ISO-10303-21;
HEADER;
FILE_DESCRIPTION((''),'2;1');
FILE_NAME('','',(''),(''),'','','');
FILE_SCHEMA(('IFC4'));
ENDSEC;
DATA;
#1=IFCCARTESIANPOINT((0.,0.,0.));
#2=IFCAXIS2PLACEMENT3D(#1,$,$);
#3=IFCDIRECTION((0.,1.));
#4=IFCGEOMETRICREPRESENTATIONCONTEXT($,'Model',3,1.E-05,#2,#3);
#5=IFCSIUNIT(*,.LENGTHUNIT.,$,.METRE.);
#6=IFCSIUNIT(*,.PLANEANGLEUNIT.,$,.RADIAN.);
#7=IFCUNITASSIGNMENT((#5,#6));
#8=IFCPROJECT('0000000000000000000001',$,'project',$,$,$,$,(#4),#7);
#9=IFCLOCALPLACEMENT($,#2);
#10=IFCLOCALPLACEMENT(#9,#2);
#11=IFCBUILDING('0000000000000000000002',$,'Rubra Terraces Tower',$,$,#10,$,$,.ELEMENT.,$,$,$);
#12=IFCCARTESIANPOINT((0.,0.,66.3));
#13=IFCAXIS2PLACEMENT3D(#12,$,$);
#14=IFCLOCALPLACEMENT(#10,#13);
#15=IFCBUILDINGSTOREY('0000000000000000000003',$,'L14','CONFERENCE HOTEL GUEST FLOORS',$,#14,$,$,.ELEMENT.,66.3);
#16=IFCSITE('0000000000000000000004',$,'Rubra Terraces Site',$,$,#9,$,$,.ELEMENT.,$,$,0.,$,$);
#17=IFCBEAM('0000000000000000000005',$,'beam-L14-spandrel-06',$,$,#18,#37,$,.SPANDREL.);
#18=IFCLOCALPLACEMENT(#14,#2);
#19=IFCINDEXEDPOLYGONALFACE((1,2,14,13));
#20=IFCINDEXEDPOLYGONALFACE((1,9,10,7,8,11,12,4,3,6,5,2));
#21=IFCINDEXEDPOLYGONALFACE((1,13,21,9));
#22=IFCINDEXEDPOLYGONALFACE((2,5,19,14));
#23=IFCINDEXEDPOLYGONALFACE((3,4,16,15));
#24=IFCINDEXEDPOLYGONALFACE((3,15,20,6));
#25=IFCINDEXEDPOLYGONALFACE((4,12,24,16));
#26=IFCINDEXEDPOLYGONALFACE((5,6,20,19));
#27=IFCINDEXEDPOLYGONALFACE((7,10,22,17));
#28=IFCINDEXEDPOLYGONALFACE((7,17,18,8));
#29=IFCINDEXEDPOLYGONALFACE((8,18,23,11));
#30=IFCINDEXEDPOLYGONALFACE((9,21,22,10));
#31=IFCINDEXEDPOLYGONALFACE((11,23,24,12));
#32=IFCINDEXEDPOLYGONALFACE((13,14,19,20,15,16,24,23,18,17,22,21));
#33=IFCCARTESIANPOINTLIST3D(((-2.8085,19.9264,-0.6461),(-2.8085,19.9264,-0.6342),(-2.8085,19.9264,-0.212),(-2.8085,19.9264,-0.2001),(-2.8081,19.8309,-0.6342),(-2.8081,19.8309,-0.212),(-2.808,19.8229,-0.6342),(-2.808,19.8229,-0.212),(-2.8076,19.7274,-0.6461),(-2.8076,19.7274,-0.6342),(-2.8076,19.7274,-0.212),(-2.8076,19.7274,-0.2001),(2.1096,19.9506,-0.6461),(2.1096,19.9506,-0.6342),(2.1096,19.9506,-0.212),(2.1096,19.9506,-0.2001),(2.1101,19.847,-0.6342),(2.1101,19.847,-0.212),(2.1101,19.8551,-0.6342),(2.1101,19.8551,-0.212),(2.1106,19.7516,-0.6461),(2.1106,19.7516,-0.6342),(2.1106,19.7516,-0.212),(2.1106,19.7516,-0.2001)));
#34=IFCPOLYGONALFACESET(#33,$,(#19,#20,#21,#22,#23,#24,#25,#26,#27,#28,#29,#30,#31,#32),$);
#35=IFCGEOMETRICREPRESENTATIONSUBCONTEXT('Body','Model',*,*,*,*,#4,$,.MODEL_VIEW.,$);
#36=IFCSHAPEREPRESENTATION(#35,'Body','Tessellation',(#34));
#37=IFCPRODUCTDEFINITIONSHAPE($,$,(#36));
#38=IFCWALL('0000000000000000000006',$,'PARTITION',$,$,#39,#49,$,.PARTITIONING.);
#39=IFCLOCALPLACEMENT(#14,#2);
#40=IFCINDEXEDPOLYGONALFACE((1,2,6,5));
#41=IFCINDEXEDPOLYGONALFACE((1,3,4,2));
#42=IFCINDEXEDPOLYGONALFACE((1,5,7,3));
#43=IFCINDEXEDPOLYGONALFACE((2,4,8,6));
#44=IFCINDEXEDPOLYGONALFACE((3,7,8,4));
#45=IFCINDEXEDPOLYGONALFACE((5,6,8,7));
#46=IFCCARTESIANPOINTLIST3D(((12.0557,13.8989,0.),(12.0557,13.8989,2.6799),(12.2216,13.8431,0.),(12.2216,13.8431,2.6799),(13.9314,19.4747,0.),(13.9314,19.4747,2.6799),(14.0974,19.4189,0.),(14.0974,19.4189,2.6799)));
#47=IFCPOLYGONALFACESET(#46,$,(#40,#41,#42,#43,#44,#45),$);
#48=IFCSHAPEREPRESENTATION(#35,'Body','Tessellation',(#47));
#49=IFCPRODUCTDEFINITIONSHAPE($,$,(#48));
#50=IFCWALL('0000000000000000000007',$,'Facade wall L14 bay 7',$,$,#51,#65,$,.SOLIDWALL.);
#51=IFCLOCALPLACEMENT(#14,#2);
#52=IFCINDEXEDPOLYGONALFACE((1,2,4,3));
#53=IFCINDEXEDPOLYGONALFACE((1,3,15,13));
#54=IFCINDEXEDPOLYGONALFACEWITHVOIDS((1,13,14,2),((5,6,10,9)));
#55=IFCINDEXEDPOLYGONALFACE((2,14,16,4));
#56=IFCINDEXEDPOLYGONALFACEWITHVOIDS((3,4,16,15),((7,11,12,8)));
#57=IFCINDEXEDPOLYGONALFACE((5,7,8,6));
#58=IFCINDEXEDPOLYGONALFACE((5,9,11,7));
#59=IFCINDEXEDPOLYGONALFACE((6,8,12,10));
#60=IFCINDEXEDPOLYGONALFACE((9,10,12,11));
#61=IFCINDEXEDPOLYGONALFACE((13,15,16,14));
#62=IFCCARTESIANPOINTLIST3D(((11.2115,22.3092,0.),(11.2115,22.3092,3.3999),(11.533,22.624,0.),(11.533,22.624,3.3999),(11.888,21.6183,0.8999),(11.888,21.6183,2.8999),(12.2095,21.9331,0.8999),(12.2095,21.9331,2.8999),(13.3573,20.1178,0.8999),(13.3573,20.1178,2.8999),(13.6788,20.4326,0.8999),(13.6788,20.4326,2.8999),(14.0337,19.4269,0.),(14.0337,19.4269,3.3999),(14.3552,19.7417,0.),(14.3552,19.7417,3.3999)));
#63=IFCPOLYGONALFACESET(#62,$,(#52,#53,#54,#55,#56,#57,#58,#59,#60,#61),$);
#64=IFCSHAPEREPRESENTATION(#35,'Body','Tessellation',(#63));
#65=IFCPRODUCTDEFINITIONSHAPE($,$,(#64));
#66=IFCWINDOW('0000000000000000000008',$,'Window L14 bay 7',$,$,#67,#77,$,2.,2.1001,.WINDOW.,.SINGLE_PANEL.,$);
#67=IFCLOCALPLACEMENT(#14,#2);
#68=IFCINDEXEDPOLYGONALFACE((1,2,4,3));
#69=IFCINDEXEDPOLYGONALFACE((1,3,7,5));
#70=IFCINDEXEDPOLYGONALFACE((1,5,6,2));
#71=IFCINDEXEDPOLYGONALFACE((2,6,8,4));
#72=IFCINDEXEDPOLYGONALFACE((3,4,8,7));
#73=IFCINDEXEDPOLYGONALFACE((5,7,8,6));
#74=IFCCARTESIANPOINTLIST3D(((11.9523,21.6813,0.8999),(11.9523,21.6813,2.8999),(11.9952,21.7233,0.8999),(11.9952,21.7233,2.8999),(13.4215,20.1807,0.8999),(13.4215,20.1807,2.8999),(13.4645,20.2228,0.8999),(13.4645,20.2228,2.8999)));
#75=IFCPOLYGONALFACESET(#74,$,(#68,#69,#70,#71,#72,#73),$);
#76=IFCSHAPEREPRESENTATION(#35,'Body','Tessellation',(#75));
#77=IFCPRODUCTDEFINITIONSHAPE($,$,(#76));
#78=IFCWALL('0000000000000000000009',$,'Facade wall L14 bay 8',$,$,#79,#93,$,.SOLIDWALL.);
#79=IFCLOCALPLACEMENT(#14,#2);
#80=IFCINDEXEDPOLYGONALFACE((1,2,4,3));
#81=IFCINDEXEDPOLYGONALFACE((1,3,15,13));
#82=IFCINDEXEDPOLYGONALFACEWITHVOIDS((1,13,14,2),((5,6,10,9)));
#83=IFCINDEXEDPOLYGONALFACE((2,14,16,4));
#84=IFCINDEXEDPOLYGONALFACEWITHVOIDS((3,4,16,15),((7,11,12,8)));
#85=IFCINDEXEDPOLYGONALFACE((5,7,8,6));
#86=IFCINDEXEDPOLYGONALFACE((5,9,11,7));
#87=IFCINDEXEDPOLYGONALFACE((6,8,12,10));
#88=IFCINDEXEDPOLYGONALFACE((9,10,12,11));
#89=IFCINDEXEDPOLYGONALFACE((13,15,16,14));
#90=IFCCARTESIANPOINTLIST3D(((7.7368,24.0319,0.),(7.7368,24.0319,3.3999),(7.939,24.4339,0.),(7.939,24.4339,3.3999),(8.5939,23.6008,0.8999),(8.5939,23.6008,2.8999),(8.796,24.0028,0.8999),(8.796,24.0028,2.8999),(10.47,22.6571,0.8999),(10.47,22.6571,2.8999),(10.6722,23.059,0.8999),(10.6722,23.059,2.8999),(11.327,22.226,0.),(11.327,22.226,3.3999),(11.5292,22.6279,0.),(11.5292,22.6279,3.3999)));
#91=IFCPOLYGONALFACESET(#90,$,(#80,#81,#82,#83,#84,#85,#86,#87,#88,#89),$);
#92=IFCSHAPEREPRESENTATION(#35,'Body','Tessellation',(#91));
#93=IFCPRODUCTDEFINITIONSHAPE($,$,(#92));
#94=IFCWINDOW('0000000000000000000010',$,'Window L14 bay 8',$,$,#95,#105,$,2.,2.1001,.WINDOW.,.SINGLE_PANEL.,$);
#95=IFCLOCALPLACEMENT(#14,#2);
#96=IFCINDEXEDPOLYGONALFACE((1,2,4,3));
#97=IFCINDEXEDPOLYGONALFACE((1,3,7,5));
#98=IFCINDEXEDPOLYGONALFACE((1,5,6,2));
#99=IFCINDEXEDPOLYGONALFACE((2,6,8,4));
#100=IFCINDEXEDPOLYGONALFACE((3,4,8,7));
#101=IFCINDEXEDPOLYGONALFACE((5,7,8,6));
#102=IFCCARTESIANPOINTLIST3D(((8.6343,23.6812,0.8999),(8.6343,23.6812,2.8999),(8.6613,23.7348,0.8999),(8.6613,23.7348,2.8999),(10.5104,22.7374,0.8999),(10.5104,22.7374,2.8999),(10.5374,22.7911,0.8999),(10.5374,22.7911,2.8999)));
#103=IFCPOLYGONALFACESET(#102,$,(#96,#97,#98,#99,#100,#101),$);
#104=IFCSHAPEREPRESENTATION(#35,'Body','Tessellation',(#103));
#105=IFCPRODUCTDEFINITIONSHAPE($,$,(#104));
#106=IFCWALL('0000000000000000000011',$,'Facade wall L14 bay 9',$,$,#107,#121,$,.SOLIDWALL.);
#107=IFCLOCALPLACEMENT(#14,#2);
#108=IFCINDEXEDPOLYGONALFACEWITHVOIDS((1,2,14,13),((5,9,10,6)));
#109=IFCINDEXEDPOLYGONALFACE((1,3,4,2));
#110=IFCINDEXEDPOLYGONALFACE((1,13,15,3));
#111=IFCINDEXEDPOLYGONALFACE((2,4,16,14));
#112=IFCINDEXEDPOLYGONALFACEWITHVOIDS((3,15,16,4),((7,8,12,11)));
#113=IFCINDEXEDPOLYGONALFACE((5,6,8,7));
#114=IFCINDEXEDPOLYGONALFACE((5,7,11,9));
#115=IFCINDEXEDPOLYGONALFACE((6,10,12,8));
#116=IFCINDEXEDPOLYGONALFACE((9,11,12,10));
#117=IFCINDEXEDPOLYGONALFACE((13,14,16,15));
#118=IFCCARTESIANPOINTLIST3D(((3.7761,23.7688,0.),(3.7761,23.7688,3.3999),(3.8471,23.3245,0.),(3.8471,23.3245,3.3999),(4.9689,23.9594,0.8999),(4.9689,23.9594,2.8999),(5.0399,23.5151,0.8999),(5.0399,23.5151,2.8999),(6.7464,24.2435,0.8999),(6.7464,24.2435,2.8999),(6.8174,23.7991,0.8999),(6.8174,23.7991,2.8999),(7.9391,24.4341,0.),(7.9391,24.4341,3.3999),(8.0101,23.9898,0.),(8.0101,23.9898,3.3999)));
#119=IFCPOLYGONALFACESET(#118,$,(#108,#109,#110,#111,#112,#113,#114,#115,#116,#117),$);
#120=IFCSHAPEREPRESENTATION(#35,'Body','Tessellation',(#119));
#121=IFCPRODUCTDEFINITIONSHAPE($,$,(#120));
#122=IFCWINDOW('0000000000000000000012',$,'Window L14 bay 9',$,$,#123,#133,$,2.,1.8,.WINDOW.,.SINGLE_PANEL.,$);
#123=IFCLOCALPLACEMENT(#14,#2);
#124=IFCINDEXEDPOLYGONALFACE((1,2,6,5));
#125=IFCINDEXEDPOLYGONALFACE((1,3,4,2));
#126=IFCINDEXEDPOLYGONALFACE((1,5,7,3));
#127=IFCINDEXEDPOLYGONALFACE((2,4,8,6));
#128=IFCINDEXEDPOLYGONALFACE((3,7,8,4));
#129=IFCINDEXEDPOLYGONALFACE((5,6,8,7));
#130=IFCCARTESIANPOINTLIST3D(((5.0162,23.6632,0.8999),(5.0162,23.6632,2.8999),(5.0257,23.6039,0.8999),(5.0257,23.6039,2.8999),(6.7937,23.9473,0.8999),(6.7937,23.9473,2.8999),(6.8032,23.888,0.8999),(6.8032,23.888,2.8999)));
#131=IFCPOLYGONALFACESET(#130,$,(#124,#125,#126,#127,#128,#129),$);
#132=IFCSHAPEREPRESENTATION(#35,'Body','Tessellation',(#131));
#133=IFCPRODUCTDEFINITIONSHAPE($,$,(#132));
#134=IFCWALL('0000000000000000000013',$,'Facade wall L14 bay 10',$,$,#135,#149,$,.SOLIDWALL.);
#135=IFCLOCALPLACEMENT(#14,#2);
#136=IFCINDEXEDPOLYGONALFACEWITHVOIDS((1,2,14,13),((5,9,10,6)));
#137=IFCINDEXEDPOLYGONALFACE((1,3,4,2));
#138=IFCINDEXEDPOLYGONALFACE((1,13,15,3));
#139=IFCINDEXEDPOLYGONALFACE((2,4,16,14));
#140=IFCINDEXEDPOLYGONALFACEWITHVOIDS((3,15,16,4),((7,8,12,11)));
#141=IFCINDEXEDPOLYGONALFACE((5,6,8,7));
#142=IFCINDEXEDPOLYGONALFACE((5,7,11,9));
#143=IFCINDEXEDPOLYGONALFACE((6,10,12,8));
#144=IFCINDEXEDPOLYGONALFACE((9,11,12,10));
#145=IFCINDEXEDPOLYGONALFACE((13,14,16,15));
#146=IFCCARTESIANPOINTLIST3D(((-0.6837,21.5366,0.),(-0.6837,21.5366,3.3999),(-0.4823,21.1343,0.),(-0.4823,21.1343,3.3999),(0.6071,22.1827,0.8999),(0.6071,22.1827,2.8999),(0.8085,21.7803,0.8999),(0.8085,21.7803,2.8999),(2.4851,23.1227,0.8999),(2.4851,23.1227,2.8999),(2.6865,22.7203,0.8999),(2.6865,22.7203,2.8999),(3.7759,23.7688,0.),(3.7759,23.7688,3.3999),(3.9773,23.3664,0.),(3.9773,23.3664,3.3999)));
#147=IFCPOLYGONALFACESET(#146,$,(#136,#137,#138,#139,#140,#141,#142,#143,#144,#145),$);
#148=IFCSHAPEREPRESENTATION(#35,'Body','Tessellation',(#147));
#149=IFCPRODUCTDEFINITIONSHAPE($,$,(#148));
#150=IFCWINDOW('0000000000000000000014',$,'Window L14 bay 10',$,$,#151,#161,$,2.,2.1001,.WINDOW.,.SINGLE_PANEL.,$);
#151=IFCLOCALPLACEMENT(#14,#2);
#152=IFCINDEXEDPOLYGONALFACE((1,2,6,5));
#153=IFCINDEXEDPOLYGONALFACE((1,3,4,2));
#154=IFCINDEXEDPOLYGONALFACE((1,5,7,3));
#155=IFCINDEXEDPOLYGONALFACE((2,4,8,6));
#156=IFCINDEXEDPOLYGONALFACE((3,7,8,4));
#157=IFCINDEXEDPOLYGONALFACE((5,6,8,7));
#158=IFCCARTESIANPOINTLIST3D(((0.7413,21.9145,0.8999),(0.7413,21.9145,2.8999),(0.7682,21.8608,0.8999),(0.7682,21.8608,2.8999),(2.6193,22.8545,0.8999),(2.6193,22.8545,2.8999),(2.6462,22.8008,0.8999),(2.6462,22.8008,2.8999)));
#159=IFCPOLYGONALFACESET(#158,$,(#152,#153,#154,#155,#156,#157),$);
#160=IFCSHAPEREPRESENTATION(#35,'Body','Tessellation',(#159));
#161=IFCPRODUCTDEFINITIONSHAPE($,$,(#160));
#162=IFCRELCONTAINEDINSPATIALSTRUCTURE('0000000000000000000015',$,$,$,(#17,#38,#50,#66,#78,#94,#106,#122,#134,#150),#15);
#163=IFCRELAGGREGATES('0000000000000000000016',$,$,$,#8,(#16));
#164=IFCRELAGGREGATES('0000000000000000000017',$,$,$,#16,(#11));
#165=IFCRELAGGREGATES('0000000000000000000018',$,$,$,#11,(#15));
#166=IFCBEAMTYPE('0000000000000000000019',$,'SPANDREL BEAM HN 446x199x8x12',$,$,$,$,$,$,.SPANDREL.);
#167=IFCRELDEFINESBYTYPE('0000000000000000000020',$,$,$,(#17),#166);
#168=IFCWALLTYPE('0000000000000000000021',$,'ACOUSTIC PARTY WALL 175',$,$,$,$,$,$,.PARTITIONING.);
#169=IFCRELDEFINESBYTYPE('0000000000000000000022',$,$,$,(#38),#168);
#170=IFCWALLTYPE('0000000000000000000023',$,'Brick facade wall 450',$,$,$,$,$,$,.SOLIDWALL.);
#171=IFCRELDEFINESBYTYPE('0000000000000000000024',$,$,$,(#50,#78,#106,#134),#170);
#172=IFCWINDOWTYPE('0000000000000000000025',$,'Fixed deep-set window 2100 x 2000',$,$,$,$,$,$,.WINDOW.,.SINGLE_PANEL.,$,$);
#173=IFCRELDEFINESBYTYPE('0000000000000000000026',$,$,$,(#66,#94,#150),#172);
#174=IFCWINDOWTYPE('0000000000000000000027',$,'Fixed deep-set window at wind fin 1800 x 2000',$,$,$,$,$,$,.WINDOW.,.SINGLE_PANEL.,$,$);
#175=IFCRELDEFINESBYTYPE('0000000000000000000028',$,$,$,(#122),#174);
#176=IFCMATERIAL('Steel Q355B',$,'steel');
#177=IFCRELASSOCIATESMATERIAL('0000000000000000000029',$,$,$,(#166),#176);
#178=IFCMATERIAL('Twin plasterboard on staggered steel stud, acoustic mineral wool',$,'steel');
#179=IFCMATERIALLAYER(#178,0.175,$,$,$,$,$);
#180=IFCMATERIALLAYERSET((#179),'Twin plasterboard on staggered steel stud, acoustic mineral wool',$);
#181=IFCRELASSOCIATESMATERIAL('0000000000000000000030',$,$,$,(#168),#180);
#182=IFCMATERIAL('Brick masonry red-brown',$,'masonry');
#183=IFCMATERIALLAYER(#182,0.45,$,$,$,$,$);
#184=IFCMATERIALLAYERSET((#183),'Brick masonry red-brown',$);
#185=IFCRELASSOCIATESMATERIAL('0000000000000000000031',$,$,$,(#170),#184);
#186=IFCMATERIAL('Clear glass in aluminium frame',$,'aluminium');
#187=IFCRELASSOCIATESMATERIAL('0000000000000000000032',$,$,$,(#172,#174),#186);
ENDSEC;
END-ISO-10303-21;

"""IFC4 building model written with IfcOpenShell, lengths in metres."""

from ifc_helpers import new_model, si_unit, direction, frame, frame_2d, origin, origin_2d, place, context, subcontext, project, spatial, rectangle, i_section, extrude, material, layer, layer_set, material_profile, profile_set, type_object, element, fill, save


model = new_model("IFC4")

# Units and contexts
model_context = context("Model", 3, precision=1e-05, world=origin(), true_north=direction((0.0, 1.0)))
body_context = subcontext(model_context, "Body", "Model", "MODEL_VIEW")
ifc_project = project(units=[si_unit("LENGTHUNIT", "METRE"), si_unit("PLANEANGLEUNIT", "RADIAN")], contexts=[model_context])

# Site, building, storey
site_placement = place(None, origin())
site = spatial("IfcSite", under=ifc_project, at=site_placement, Name="Rubra Terraces Site", CompositionType="ELEMENT", RefElevation=0.0)
building_placement = place(site_placement, origin())
building = spatial("IfcBuilding", under=site, at=building_placement, Name="Rubra Terraces Tower", CompositionType="ELEMENT")
storey_placement = place(building_placement, frame((0.0, 0.0, 66.3)))
storey = spatial("IfcBuildingStorey", under=building, at=storey_placement, Name="L14", Description="CONFERENCE HOTEL GUEST FLOORS", CompositionType="ELEMENT", Elevation=66.3)

# Beam
ifc_material_1 = material(Name="Steel Q355B", Category="steel")
ifc_material_profile_1 = material_profile(ifc_material_1, i_section(OverallWidth=0.199, OverallDepth=0.446, WebThickness=0.0081, FlangeThickness=0.012, at=origin_2d()), Name="HN 446x199x8x12")
ifc_profile_set_1 = profile_set([ifc_material_profile_1], Name="Steel Q355B")
beam_type_1 = type_object("IfcBeamType", Name="SPANDREL BEAM HN 446x199x8x12", PredefinedType="SPANDREL", material=ifc_profile_set_1)
beam_1_placement = place(storey_placement, frame((2.1101, 19.8511, -0.4231), z_axis=(-0.999988, -0.004914, 0.0), x_axis=(0.004914, -0.999988, 0.0)))
element("IfcBeam", 1, at=beam_1_placement, inside=storey, type_object=beam_type_1, Name="beam-L14-spandrel-06", PredefinedType="SPANDREL", context=body_context, shape_type="SweptSolid", body=[
    extrude(i_section(OverallWidth=0.199, OverallDepth=0.446, WebThickness=0.0081, FlangeThickness=0.012, at=origin_2d()), origin(), (0.0, 0.0, 1.0), 4.9182),
])

# Wall
ifc_material_2 = material(Name="Twin plasterboard on staggered steel stud, acoustic mineral wool", Category="steel")
ifc_layer_1 = layer(ifc_material_2, 0.175)
ifc_layer_set_1 = layer_set([ifc_layer_1], Name="Twin plasterboard on staggered steel stud, acoustic mineral wool")
wall_type_1 = type_object("IfcWallType", Name="ACOUSTIC PARTY WALL 175", PredefinedType="PARTITIONING", material=ifc_layer_set_1)
wall_1_placement = place(storey_placement, frame((14.0144, 19.4468, 0.0), z_axis=(0.0, 0.0, 1.0), x_axis=(-0.318854, -0.947804, 0.0)))
element("IfcWall", 2, at=wall_1_placement, inside=storey, type_object=wall_type_1, Name="PARTITION", PredefinedType="PARTITIONING", context=body_context, shape_type="SweptSolid", body=[
    extrude(rectangle(XDim=5.8828, YDim=0.175, at=frame_2d((2.9414, 0.0))), origin(), (0.0, 0.0, 1.0), 2.6799),
])

# Walls, openings, windows
ifc_material_3 = material(Name="Brick masonry red-brown", Category="masonry")
ifc_layer_2 = layer(ifc_material_3, 0.45)
ifc_layer_set_2 = layer_set([ifc_layer_2], Name="Brick masonry red-brown")
wall_type_2 = type_object("IfcWallType", Name="Brick facade wall 450", PredefinedType="SOLIDWALL", material=ifc_layer_set_2)
wall_2_placement = place(storey_placement, frame((14.1946, 19.5842, 0.0), z_axis=(0.0, 0.0, 1.0), x_axis=(-0.699624, 0.714512, 0.0)))
wall_2 = element("IfcWall", 3, at=wall_2_placement, inside=storey, type_object=wall_type_2, Name="Facade wall L14 bay 7", PredefinedType="SOLIDWALL", context=body_context, shape_type="SweptSolid", body=[
    extrude(rectangle(XDim=4.0339, YDim=0.45, at=frame_2d((2.0171, 0.0))), origin(), (0.0, 0.0, 1.0), 3.3999),
])
opening_1_placement = place(wall_2_placement, frame((0.967, 0.0, 0.8999)))
opening_1 = element("IfcOpeningElement", 4, at=opening_1_placement, cuts=wall_2, PredefinedType="OPENING", context=body_context, shape_type="SweptSolid", body=[
    extrude(rectangle(XDim=2.1001, YDim=2.0, at=frame_2d((1.05, 1.0))), frame((0.0, 0.2349, 0.0), z_axis=(0.0, -1.0, 0.0), x_axis=(1.0, 0.0, 0.0)), (0.0, 0.0, 1.0), 0.47),
])
ifc_material_4 = material(Name="Clear glass in aluminium frame", Category="aluminium")
window_type_1 = type_object("IfcWindowType", Name="Fixed deep-set window 2100 x 2000", PartitioningType="SINGLE_PANEL", PredefinedType="WINDOW", material=ifc_material_4)
window_1_placement = place(opening_1_placement, origin())
window_1 = element("IfcWindow", 5, at=window_1_placement, inside=storey, type_object=window_type_1, Name="Window L14 bay 7", OverallHeight=2.0, OverallWidth=2.1001, PartitioningType="SINGLE_PANEL", PredefinedType="WINDOW", context=body_context, shape_type="SweptSolid", body=[
    extrude(rectangle(XDim=2.1001, YDim=2.0, at=frame_2d((1.05, 1.0))), frame((0.0, 0.135, 0.0), z_axis=(0.0, -1.0, 0.0), x_axis=(1.0, 0.0, 0.0)), (0.0, 0.0, 1.0), 0.0601),
])
fill(opening_1, window_1)
wall_3_placement = place(storey_placement, frame((11.428, 22.427, 0.0), z_axis=(0.0, 0.0, 1.0), x_axis=(-0.893343, 0.449375, 0.0)))
wall_3 = element("IfcWall", 6, at=wall_3_placement, inside=storey, type_object=wall_type_2, Name="Facade wall L14 bay 8", PredefinedType="SOLIDWALL", context=body_context, shape_type="SweptSolid", body=[
    extrude(rectangle(XDim=4.0188, YDim=0.45, at=frame_2d((2.0093, 0.0))), origin(), (0.0, 0.0, 1.0), 3.3999),
])
opening_2_placement = place(wall_3_placement, frame((0.9592, 0.0, 0.8999)))
opening_2 = element("IfcOpeningElement", 7, at=opening_2_placement, cuts=wall_3, PredefinedType="OPENING", context=body_context, shape_type="SweptSolid", body=[
    extrude(rectangle(XDim=2.1001, YDim=2.0, at=frame_2d((1.05, 1.0))), frame((0.0, 0.2349, 0.0), z_axis=(0.0, -1.0, 0.0), x_axis=(1.0, 0.0, 0.0)), (0.0, 0.0, 1.0), 0.47),
])
window_2_placement = place(opening_2_placement, origin())
window_2 = element("IfcWindow", 8, at=window_2_placement, inside=storey, type_object=window_type_1, Name="Window L14 bay 8", OverallHeight=2.0, OverallWidth=2.1001, PartitioningType="SINGLE_PANEL", PredefinedType="WINDOW", context=body_context, shape_type="SweptSolid", body=[
    extrude(rectangle(XDim=2.1001, YDim=2.0, at=frame_2d((1.05, 1.0))), frame((0.0, 0.135, 0.0), z_axis=(0.0, -1.0, 0.0), x_axis=(1.0, 0.0, 0.0)), (0.0, 0.0, 1.0), 0.0601),
])
fill(opening_2, window_2)
wall_4_placement = place(storey_placement, frame((7.9746, 24.2119, 0.0), z_axis=(0.0, 0.0, 1.0), x_axis=(-0.987471, -0.157803, 0.0)))
wall_4 = element("IfcWall", 9, at=wall_4_placement, inside=storey, type_object=wall_type_2, Name="Facade wall L14 bay 9", PredefinedType="SOLIDWALL", context=body_context, shape_type="SweptSolid", body=[
    extrude(rectangle(XDim=4.2158, YDim=0.45, at=frame_2d((2.1079, 0.0))), origin(), (0.0, 0.0, 1.0), 3.3999),
])
opening_3_placement = place(wall_4_placement, frame((1.208, 0.0, 0.8999)))
opening_3 = element("IfcOpeningElement", 10, at=opening_3_placement, cuts=wall_4, PredefinedType="OPENING", context=body_context, shape_type="SweptSolid", body=[
    extrude(rectangle(XDim=1.8, YDim=2.0, at=frame_2d((0.8999, 1.0))), frame((0.0, 0.2349, 0.0), z_axis=(0.0, -1.0, 0.0), x_axis=(1.0, 0.0, 0.0)), (0.0, 0.0, 1.0), 0.47),
])
window_type_2 = type_object("IfcWindowType", Name="Fixed deep-set window at wind fin 1800 x 2000", PartitioningType="SINGLE_PANEL", PredefinedType="WINDOW", material=ifc_material_4)
window_3_placement = place(opening_3_placement, origin())
window_3 = element("IfcWindow", 11, at=window_3_placement, inside=storey, type_object=window_type_2, Name="Window L14 bay 9", OverallHeight=2.0, OverallWidth=1.8, PartitioningType="SINGLE_PANEL", PredefinedType="WINDOW", context=body_context, shape_type="SweptSolid", body=[
    extrude(rectangle(XDim=1.8, YDim=2.0, at=frame_2d((0.8999, 1.0))), frame((0.0, 0.135, 0.0), z_axis=(0.0, -1.0, 0.0), x_axis=(1.0, 0.0, 0.0)), (0.0, 0.0, 1.0), 0.0601),
])
fill(opening_3, window_3)
wall_5_placement = place(storey_placement, frame((3.8767, 23.5676, 0.0), z_axis=(0.0, 0.0, 1.0), x_axis=(-0.894241, -0.447586, 0.0)))
wall_5 = element("IfcWall", 12, at=wall_5_placement, inside=storey, type_object=wall_type_2, Name="Facade wall L14 bay 10", PredefinedType="SOLIDWALL", context=body_context, shape_type="SweptSolid", body=[
    extrude(rectangle(XDim=4.9871, YDim=0.45, at=frame_2d((2.4937, 0.0))), origin(), (0.0, 0.0, 1.0), 3.3999),
])
opening_4_placement = place(wall_5_placement, frame((1.4436, 0.0, 0.8999)))
opening_4 = element("IfcOpeningElement", 13, at=opening_4_placement, cuts=wall_5, PredefinedType="OPENING", context=body_context, shape_type="SweptSolid", body=[
    extrude(rectangle(XDim=2.1001, YDim=2.0, at=frame_2d((1.05, 1.0))), frame((0.0, 0.2349, 0.0), z_axis=(0.0, -1.0, 0.0), x_axis=(1.0, 0.0, 0.0)), (0.0, 0.0, 1.0), 0.47),
])
window_4_placement = place(opening_4_placement, origin())
window_4 = element("IfcWindow", 14, at=window_4_placement, inside=storey, type_object=window_type_1, Name="Window L14 bay 10", OverallHeight=2.0, OverallWidth=2.1001, PartitioningType="SINGLE_PANEL", PredefinedType="WINDOW", context=body_context, shape_type="SweptSolid", body=[
    extrude(rectangle(XDim=2.1001, YDim=2.0, at=frame_2d((1.05, 1.0))), frame((0.0, 0.135, 0.0), z_axis=(0.0, -1.0, 0.0), x_axis=(1.0, 0.0, 0.0)), (0.0, 0.0, 1.0), 0.0601),
])
fill(opening_4, window_4)

save(model, "model.ifc")
